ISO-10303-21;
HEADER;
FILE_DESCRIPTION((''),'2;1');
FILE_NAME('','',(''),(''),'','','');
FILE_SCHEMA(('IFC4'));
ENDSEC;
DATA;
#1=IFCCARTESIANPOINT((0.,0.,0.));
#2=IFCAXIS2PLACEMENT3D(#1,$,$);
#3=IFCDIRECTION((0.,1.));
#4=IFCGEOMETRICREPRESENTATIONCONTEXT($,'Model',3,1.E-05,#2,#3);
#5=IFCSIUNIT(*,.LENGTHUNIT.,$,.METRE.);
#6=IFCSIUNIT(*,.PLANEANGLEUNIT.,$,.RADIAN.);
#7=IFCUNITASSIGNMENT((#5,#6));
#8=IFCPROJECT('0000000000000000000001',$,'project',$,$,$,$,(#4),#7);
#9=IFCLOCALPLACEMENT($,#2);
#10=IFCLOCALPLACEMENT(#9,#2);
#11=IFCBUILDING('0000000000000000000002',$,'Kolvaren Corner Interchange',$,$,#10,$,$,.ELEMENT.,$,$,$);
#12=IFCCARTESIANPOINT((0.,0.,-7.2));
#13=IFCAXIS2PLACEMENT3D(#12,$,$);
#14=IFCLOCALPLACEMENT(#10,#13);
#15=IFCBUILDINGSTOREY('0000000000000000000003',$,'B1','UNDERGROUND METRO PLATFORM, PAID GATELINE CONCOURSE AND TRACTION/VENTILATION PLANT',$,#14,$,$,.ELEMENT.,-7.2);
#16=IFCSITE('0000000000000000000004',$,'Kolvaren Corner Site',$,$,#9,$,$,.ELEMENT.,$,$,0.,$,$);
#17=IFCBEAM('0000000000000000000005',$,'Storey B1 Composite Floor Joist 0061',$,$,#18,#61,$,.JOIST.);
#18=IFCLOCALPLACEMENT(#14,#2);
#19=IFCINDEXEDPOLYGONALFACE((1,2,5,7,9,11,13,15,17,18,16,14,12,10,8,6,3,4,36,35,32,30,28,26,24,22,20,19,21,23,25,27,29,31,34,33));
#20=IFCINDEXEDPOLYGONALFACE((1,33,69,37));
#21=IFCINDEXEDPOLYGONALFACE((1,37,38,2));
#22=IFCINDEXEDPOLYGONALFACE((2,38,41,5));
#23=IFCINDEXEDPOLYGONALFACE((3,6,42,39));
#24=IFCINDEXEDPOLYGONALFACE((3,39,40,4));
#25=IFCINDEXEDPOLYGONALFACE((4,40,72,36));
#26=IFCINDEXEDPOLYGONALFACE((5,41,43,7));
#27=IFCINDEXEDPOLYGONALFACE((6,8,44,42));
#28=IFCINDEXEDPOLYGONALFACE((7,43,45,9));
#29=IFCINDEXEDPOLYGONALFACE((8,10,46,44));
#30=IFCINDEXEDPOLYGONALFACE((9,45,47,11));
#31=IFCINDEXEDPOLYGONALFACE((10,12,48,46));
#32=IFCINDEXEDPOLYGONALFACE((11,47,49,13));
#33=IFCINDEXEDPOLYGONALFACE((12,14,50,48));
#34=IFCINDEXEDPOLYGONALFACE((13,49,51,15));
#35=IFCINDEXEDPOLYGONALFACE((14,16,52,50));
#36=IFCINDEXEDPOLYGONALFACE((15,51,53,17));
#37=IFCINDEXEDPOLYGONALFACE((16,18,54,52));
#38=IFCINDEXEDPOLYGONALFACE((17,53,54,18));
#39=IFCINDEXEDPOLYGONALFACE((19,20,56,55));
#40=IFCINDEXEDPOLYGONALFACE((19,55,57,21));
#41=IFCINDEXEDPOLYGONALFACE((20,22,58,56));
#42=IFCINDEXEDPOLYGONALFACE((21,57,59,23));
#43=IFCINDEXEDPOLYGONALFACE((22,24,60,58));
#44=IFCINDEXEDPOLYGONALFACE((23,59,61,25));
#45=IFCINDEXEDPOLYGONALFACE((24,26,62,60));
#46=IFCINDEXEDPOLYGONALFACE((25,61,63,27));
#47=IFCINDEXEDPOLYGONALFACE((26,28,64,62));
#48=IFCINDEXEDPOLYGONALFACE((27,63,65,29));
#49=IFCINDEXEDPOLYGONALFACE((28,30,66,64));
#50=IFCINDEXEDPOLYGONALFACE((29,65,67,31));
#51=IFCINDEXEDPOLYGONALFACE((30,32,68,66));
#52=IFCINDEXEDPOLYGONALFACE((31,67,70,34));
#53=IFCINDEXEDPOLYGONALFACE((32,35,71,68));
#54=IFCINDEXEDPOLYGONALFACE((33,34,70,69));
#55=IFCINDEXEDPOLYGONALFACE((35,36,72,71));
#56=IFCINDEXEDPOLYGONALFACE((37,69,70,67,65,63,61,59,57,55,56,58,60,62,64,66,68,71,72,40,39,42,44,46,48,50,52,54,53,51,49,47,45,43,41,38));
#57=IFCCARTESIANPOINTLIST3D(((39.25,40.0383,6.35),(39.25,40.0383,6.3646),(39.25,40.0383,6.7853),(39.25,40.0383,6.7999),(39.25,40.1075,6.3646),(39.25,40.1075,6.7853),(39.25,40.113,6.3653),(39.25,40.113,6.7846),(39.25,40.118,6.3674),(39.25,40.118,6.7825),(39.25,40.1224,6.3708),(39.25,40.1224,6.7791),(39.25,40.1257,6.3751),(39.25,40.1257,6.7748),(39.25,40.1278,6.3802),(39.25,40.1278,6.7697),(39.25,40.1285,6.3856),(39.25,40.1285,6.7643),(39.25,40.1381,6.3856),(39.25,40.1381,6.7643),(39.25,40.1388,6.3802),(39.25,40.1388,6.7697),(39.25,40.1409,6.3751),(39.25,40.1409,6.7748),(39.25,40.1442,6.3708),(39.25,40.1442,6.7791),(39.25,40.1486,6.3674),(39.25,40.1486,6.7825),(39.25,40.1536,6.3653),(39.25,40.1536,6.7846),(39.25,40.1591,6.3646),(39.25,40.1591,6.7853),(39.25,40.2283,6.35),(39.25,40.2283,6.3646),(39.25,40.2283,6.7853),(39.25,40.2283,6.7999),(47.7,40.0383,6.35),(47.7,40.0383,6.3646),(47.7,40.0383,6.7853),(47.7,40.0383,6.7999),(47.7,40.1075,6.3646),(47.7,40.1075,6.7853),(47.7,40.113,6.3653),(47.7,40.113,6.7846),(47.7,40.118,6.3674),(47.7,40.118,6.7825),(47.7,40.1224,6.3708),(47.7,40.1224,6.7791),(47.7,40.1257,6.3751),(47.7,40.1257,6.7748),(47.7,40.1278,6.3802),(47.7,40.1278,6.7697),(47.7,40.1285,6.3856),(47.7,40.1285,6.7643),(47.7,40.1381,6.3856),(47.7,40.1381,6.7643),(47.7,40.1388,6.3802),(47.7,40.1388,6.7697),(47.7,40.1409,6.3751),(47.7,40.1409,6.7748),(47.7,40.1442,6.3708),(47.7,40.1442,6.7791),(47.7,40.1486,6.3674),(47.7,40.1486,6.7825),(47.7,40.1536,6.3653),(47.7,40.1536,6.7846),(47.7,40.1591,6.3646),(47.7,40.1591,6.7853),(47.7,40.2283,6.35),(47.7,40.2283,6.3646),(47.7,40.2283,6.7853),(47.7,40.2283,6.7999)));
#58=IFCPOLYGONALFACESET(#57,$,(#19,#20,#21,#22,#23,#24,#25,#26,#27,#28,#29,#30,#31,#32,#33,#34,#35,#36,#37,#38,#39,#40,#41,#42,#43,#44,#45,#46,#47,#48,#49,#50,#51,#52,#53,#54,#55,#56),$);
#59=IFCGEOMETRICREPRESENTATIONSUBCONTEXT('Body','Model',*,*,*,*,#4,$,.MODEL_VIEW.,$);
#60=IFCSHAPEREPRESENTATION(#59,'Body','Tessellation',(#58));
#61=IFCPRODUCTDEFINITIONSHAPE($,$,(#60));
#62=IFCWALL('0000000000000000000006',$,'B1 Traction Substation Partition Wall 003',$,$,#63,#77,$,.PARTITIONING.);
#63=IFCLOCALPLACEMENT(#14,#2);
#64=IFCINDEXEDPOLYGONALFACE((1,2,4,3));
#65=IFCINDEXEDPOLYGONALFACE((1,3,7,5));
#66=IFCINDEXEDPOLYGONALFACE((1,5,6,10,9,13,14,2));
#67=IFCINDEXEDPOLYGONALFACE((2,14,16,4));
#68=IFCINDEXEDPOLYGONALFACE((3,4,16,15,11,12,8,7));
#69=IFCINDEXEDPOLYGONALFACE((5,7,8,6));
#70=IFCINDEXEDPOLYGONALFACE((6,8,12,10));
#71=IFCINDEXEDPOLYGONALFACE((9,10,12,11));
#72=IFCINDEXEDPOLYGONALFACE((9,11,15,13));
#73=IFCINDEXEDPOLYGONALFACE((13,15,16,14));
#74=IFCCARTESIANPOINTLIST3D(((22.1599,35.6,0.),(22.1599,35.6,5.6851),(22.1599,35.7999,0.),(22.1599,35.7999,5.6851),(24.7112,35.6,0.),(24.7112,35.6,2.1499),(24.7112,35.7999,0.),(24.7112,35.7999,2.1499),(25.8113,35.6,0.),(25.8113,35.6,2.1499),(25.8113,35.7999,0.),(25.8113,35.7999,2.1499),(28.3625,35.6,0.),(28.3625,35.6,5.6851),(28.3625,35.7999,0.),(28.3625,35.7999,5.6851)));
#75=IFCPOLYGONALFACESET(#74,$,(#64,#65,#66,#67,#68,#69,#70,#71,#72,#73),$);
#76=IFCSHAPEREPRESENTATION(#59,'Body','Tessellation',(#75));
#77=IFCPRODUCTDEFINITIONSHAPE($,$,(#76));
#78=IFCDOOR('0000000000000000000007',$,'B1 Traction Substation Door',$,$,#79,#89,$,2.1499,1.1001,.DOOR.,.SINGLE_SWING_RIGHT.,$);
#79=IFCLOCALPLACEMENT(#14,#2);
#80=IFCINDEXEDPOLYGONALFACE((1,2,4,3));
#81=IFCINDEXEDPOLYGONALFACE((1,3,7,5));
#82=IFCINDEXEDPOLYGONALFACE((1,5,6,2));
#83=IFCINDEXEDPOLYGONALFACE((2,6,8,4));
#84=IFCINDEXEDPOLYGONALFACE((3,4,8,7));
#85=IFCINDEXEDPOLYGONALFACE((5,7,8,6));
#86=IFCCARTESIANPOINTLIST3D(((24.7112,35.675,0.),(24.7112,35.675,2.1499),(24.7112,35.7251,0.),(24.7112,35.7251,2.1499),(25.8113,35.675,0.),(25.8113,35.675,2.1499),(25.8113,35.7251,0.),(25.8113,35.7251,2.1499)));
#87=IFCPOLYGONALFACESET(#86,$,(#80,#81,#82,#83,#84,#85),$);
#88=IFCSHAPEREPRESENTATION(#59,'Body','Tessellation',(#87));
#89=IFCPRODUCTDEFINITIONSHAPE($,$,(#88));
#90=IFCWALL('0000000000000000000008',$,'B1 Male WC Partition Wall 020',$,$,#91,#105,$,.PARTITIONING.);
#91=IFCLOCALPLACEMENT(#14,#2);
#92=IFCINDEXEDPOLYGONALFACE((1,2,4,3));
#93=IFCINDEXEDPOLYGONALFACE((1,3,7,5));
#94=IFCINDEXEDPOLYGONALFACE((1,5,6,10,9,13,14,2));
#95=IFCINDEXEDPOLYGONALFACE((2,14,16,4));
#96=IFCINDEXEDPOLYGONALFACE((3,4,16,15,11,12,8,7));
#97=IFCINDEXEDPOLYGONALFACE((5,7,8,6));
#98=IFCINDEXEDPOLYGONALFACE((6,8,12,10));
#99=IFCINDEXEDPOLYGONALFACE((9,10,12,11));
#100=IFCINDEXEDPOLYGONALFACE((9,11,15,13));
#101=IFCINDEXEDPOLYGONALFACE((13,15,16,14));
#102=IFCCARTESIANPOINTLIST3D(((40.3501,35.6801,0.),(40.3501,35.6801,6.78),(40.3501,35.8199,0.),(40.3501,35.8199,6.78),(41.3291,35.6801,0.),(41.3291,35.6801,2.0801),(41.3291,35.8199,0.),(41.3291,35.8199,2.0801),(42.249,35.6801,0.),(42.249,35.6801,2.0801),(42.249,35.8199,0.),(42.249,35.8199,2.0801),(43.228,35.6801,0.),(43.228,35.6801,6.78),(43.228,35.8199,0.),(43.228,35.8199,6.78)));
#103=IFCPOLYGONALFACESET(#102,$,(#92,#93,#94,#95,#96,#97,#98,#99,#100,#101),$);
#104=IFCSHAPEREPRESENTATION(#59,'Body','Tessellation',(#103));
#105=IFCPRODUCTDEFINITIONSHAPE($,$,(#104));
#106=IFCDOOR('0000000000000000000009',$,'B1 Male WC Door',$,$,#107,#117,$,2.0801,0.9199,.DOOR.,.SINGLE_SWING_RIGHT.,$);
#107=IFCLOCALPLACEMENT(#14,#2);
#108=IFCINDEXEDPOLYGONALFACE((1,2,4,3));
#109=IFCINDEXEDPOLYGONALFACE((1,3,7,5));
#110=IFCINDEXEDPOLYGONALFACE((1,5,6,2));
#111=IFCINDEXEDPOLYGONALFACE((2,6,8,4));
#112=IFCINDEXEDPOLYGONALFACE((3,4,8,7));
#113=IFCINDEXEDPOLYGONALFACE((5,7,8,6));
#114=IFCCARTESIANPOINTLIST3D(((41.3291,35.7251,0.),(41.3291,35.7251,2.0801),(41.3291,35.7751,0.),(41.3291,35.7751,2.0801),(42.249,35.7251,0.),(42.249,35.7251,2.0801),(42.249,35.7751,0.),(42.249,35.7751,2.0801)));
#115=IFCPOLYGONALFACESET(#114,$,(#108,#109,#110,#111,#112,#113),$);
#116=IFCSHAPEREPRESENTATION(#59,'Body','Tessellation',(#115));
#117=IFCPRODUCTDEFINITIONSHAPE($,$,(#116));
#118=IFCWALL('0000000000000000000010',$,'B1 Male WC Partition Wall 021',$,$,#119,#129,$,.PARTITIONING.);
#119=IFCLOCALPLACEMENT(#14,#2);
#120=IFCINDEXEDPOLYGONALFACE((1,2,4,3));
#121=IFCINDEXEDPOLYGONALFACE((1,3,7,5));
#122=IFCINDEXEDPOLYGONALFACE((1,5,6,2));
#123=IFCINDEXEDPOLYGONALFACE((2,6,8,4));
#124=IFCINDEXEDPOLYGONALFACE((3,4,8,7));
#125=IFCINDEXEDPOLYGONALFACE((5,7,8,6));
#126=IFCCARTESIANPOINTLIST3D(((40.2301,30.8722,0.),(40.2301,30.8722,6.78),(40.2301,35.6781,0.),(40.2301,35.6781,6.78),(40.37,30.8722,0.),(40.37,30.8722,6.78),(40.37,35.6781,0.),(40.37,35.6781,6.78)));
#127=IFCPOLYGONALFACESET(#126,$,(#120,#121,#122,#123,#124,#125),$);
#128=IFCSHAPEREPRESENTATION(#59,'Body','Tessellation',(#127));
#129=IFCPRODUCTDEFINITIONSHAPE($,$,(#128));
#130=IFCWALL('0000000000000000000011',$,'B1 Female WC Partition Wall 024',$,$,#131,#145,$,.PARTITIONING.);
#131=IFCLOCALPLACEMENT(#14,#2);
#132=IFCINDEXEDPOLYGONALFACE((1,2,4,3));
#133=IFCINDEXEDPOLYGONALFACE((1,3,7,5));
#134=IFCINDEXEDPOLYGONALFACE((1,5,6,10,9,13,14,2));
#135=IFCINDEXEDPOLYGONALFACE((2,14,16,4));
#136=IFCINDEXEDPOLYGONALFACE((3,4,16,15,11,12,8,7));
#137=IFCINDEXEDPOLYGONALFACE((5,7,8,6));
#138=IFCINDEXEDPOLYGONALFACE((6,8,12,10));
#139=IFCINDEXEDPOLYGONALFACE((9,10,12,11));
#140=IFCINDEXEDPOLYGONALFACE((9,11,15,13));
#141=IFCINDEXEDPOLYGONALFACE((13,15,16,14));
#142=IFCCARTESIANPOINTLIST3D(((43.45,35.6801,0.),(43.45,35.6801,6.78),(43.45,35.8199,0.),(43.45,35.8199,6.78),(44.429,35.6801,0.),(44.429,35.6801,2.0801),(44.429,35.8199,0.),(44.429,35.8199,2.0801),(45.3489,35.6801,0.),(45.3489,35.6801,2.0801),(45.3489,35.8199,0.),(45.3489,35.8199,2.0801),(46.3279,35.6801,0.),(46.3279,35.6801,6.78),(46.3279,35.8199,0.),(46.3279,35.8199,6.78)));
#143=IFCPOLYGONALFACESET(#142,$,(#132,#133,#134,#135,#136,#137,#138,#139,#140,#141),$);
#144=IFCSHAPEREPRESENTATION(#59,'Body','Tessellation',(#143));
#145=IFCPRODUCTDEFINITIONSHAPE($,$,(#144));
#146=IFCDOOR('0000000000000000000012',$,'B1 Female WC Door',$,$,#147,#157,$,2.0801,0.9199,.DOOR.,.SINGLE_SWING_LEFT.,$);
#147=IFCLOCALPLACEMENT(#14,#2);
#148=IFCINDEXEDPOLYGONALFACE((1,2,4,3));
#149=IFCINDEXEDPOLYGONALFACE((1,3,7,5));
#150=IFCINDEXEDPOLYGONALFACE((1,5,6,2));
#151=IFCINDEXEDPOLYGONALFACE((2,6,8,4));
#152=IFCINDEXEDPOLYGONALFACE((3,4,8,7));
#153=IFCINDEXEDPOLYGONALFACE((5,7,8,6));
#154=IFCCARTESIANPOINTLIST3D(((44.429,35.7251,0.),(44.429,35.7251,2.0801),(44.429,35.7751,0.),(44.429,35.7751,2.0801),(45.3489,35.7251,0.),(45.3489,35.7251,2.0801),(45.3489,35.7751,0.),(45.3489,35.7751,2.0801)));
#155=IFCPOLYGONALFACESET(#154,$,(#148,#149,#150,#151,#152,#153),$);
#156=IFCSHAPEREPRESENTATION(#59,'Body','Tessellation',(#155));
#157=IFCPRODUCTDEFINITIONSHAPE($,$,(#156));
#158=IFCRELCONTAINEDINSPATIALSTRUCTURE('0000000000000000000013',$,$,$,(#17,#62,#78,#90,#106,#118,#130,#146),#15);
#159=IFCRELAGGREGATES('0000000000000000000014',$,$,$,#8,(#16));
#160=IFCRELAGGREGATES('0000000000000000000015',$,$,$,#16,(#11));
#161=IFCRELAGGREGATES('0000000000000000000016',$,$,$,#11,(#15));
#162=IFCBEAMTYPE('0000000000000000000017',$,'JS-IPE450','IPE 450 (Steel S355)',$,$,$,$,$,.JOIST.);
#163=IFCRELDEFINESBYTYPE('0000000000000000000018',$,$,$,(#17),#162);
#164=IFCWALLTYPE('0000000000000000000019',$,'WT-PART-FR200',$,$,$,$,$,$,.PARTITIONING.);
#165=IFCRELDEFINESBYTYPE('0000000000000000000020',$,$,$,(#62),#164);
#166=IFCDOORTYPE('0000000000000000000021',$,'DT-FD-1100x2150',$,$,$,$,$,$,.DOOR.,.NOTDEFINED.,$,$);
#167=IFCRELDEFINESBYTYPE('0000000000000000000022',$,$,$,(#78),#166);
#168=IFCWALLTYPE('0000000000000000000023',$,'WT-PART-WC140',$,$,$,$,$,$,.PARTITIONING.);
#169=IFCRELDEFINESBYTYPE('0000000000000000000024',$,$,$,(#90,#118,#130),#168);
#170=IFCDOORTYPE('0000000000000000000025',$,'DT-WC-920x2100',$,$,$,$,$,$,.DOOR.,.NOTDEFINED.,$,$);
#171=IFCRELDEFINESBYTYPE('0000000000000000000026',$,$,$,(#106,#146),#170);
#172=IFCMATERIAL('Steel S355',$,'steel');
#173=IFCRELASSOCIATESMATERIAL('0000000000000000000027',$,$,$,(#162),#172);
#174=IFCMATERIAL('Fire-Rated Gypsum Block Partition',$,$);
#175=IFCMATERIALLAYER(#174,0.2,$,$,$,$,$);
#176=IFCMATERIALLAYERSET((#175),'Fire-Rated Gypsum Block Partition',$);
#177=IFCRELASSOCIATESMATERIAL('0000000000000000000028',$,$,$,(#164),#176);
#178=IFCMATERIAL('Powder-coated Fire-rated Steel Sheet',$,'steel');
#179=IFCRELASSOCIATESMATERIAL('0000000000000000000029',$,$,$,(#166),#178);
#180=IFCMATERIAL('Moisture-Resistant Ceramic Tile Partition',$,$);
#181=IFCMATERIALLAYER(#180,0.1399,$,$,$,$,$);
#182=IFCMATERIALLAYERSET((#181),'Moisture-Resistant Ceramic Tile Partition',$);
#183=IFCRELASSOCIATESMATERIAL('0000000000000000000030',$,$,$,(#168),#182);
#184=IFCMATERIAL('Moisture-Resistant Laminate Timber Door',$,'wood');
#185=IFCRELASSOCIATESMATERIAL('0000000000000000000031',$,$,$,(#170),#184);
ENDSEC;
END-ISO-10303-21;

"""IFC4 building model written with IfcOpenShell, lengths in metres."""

from ifc_helpers import new_model, si_unit, direction, frame, frame_2d, origin, origin_2d, place, context, subcontext, project, spatial, rectangle, i_section, extrude, material, layer, layer_set, material_profile, profile_set, type_object, element, fill, save


model = new_model("IFC4")

# Units and contexts
model_context = context("Model", 3, precision=1e-05, world=origin(), true_north=direction((0.0, 1.0)))
body_context = subcontext(model_context, "Body", "Model", "MODEL_VIEW")
ifc_project = project(units=[si_unit("LENGTHUNIT", "METRE"), si_unit("PLANEANGLEUNIT", "RADIAN")], contexts=[model_context])

# Site, building, storey
site_placement = place(None, origin())
site = spatial("IfcSite", under=ifc_project, at=site_placement, Name="Kolvaren Corner Site", CompositionType="ELEMENT", RefElevation=0.0)
building_placement = place(site_placement, origin())
building = spatial("IfcBuilding", under=site, at=building_placement, Name="Kolvaren Corner Interchange", CompositionType="ELEMENT")
storey_placement = place(building_placement, frame((0.0, 0.0, -7.2)))
storey = spatial("IfcBuildingStorey", under=building, at=storey_placement, Name="B1", Description="UNDERGROUND METRO PLATFORM, PAID GATELINE CONCOURSE AND TRACTION/VENTILATION PLANT", CompositionType="ELEMENT", Elevation=-7.2)

# Beam
ifc_material_1 = material(Name="Steel S355", Category="steel")
ifc_material_profile_1 = material_profile(ifc_material_1, i_section(OverallWidth=0.1899, OverallDepth=0.45, WebThickness=0.0095, FlangeThickness=0.0146, FilletRadius=0.021, at=origin_2d()), Name="IPE 450")
ifc_profile_set_1 = profile_set([ifc_material_profile_1], Name="Steel S355")
beam_type_1 = type_object("IfcBeamType", Name="JS-IPE450", Description="IPE 450 (Steel S355)", PredefinedType="JOIST", material=ifc_profile_set_1)
for number, where, z_axis, x_axis, name in (
    (1, (39.25, 40.1333, 6.575), (1.0, 0.0, 0.0), (0.0, 1.0, 0.0), "Storey B1 Composite Floor Joist 0061"),
):
    element("IfcBeam", number, at=place(storey_placement, frame(where, z_axis=z_axis, x_axis=x_axis)), inside=storey, type_object=beam_type_1, Name=name, PredefinedType="JOIST", context=body_context, shape_type="SweptSolid", body=[
        extrude(i_section(OverallWidth=0.1899, OverallDepth=0.45, WebThickness=0.0095, FlangeThickness=0.0146, FilletRadius=0.021, at=origin_2d()), origin(), (0.0, 0.0, 1.0), 8.45),
    ])

# Walls, openings, doors
ifc_material_2 = material(Name="Fire-Rated Gypsum Block Partition")
ifc_layer_1 = layer(ifc_material_2, 0.2)
ifc_layer_set_1 = layer_set([ifc_layer_1], Name="Fire-Rated Gypsum Block Partition")
wall_type_1 = type_object("IfcWallType", Name="WT-PART-FR200", PredefinedType="PARTITIONING", material=ifc_layer_set_1)
wall_1_placement = place(storey_placement, frame((28.3625, 35.7, 0.0), z_axis=(0.0, 0.0, 1.0), x_axis=(-1.0, 0.0, 0.0)))
wall_1 = element("IfcWall", 2, at=wall_1_placement, inside=storey, type_object=wall_type_1, Name="B1 Traction Substation Partition Wall 003", PredefinedType="PARTITIONING", context=body_context, shape_type="SweptSolid", body=[
    extrude(rectangle(XDim=6.2026, YDim=0.2, at=frame_2d((3.1013, 0.0))), origin(), (0.0, 0.0, 1.0), 5.6851),
])
opening_1_placement = place(wall_1_placement, frame((2.5513, 0.0, 0.0)))
opening_1 = element("IfcOpeningElement", 3, at=opening_1_placement, cuts=wall_1, PredefinedType="OPENING", context=body_context, shape_type="SweptSolid", body=[
    extrude(rectangle(XDim=1.1001, YDim=2.1499, at=frame_2d((0.55, 1.075))), frame((0.0, 0.1099, 0.0), z_axis=(0.0, -1.0, 0.0), x_axis=(1.0, 0.0, 0.0)), (0.0, 0.0, 1.0), 0.22),
])
ifc_material_3 = material(Name="Powder-coated Fire-rated Steel Sheet", Category="steel")
door_type_1 = type_object("IfcDoorType", Name="DT-FD-1100x2150", OperationType="NOTDEFINED", PredefinedType="DOOR", material=ifc_material_3)
door_1_placement = place(opening_1_placement, origin())
door_1 = element("IfcDoor", 4, at=door_1_placement, inside=storey, type_object=door_type_1, Name="B1 Traction Substation Door", OperationType="SINGLE_SWING_RIGHT", OverallHeight=2.1499, OverallWidth=1.1001, PredefinedType="DOOR", context=body_context, shape_type="SweptSolid", body=[
    extrude(rectangle(XDim=1.1001, YDim=2.1499, at=frame_2d((0.55, 1.075))), frame((0.0, 0.0249, 0.0), z_axis=(0.0, -1.0, 0.0), x_axis=(1.0, 0.0, 0.0)), (0.0, 0.0, 1.0), 0.05),
])
fill(opening_1, door_1)
ifc_material_4 = material(Name="Moisture-Resistant Ceramic Tile Partition")
ifc_layer_2 = layer(ifc_material_4, 0.1399)
ifc_layer_set_2 = layer_set([ifc_layer_2], Name="Moisture-Resistant Ceramic Tile Partition")
wall_type_2 = type_object("IfcWallType", Name="WT-PART-WC140", PredefinedType="PARTITIONING", material=ifc_layer_set_2)
wall_2_placement = place(storey_placement, frame((43.228, 35.75, 0.0), z_axis=(0.0, 0.0, 1.0), x_axis=(-1.0, 0.0, 0.0)))
wall_2 = element("IfcWall", 5, at=wall_2_placement, inside=storey, type_object=wall_type_2, Name="B1 Male WC Partition Wall 020", PredefinedType="PARTITIONING", context=body_context, shape_type="SweptSolid", body=[
    extrude(rectangle(XDim=2.8779, YDim=0.1399, at=frame_2d((1.439, 0.0))), origin(), (0.0, 0.0, 1.0), 6.78),
])
opening_2_placement = place(wall_2_placement, frame((0.979, 0.0, 0.0)))
opening_2 = element("IfcOpeningElement", 6, at=opening_2_placement, cuts=wall_2, PredefinedType="OPENING", context=body_context, shape_type="SweptSolid", body=[
    extrude(rectangle(XDim=0.9199, YDim=2.0801, at=frame_2d((0.46, 1.04))), frame((0.0, 0.0798, 0.0), z_axis=(0.0, -1.0, 0.0), x_axis=(1.0, 0.0, 0.0)), (0.0, 0.0, 1.0), 0.1599),
])
ifc_material_5 = material(Name="Moisture-Resistant Laminate Timber Door", Category="wood")
door_type_2 = type_object("IfcDoorType", Name="DT-WC-920x2100", OperationType="NOTDEFINED", PredefinedType="DOOR", material=ifc_material_5)
door_2_placement = place(opening_2_placement, origin())
door_2 = element("IfcDoor", 7, at=door_2_placement, inside=storey, type_object=door_type_2, Name="B1 Male WC Door", OperationType="SINGLE_SWING_RIGHT", OverallHeight=2.0801, OverallWidth=0.9199, PredefinedType="DOOR", context=body_context, shape_type="SweptSolid", body=[
    extrude(rectangle(XDim=0.9199, YDim=2.0801, at=frame_2d((0.46, 1.04))), frame((0.0, 0.0249, 0.0), z_axis=(0.0, -1.0, 0.0), x_axis=(1.0, 0.0, 0.0)), (0.0, 0.0, 1.0), 0.05),
])
fill(opening_2, door_2)

# Wall
wall_3_placement = place(storey_placement, frame((40.3, 35.678, 0.0), z_axis=(0.0, 0.0, 1.0), x_axis=(0.0, -1.0, 0.0)))
element("IfcWall", 8, at=wall_3_placement, inside=storey, type_object=wall_type_2, Name="B1 Male WC Partition Wall 021", PredefinedType="PARTITIONING", context=body_context, shape_type="SweptSolid", body=[
    extrude(rectangle(XDim=4.8059, YDim=0.1399, at=frame_2d((2.4028, 0.0))), origin(), (0.0, 0.0, 1.0), 6.78),
])

# Wall, opening, door
wall_4_placement = place(storey_placement, frame((46.3279, 35.75, 0.0), z_axis=(0.0, 0.0, 1.0), x_axis=(-1.0, 0.0, 0.0)))
wall_4 = element("IfcWall", 9, at=wall_4_placement, inside=storey, type_object=wall_type_2, Name="B1 Female WC Partition Wall 024", PredefinedType="PARTITIONING", context=body_context, shape_type="SweptSolid", body=[
    extrude(rectangle(XDim=2.8779, YDim=0.1399, at=frame_2d((1.439, 0.0))), origin(), (0.0, 0.0, 1.0), 6.78),
])
opening_3_placement = place(wall_4_placement, frame((0.979, 0.0, 0.0)))
opening_3 = element("IfcOpeningElement", 10, at=opening_3_placement, cuts=wall_4, PredefinedType="OPENING", context=body_context, shape_type="SweptSolid", body=[
    extrude(rectangle(XDim=0.9199, YDim=2.0801, at=frame_2d((0.46, 1.04))), frame((0.0, 0.0798, 0.0), z_axis=(0.0, -1.0, 0.0), x_axis=(1.0, 0.0, 0.0)), (0.0, 0.0, 1.0), 0.1599),
])
door_3_placement = place(opening_3_placement, origin())
door_3 = element("IfcDoor", 11, at=door_3_placement, inside=storey, type_object=door_type_2, Name="B1 Female WC Door", OperationType="SINGLE_SWING_LEFT", OverallHeight=2.0801, OverallWidth=0.9199, PredefinedType="DOOR", context=body_context, shape_type="SweptSolid", body=[
    extrude(rectangle(XDim=0.9199, YDim=2.0801, at=frame_2d((0.46, 1.04))), frame((0.0, 0.0249, 0.0), z_axis=(0.0, -1.0, 0.0), x_axis=(1.0, 0.0, 0.0)), (0.0, 0.0, 1.0), 0.05),
])
fill(opening_3, door_3)

save(model, "model.ifc")
